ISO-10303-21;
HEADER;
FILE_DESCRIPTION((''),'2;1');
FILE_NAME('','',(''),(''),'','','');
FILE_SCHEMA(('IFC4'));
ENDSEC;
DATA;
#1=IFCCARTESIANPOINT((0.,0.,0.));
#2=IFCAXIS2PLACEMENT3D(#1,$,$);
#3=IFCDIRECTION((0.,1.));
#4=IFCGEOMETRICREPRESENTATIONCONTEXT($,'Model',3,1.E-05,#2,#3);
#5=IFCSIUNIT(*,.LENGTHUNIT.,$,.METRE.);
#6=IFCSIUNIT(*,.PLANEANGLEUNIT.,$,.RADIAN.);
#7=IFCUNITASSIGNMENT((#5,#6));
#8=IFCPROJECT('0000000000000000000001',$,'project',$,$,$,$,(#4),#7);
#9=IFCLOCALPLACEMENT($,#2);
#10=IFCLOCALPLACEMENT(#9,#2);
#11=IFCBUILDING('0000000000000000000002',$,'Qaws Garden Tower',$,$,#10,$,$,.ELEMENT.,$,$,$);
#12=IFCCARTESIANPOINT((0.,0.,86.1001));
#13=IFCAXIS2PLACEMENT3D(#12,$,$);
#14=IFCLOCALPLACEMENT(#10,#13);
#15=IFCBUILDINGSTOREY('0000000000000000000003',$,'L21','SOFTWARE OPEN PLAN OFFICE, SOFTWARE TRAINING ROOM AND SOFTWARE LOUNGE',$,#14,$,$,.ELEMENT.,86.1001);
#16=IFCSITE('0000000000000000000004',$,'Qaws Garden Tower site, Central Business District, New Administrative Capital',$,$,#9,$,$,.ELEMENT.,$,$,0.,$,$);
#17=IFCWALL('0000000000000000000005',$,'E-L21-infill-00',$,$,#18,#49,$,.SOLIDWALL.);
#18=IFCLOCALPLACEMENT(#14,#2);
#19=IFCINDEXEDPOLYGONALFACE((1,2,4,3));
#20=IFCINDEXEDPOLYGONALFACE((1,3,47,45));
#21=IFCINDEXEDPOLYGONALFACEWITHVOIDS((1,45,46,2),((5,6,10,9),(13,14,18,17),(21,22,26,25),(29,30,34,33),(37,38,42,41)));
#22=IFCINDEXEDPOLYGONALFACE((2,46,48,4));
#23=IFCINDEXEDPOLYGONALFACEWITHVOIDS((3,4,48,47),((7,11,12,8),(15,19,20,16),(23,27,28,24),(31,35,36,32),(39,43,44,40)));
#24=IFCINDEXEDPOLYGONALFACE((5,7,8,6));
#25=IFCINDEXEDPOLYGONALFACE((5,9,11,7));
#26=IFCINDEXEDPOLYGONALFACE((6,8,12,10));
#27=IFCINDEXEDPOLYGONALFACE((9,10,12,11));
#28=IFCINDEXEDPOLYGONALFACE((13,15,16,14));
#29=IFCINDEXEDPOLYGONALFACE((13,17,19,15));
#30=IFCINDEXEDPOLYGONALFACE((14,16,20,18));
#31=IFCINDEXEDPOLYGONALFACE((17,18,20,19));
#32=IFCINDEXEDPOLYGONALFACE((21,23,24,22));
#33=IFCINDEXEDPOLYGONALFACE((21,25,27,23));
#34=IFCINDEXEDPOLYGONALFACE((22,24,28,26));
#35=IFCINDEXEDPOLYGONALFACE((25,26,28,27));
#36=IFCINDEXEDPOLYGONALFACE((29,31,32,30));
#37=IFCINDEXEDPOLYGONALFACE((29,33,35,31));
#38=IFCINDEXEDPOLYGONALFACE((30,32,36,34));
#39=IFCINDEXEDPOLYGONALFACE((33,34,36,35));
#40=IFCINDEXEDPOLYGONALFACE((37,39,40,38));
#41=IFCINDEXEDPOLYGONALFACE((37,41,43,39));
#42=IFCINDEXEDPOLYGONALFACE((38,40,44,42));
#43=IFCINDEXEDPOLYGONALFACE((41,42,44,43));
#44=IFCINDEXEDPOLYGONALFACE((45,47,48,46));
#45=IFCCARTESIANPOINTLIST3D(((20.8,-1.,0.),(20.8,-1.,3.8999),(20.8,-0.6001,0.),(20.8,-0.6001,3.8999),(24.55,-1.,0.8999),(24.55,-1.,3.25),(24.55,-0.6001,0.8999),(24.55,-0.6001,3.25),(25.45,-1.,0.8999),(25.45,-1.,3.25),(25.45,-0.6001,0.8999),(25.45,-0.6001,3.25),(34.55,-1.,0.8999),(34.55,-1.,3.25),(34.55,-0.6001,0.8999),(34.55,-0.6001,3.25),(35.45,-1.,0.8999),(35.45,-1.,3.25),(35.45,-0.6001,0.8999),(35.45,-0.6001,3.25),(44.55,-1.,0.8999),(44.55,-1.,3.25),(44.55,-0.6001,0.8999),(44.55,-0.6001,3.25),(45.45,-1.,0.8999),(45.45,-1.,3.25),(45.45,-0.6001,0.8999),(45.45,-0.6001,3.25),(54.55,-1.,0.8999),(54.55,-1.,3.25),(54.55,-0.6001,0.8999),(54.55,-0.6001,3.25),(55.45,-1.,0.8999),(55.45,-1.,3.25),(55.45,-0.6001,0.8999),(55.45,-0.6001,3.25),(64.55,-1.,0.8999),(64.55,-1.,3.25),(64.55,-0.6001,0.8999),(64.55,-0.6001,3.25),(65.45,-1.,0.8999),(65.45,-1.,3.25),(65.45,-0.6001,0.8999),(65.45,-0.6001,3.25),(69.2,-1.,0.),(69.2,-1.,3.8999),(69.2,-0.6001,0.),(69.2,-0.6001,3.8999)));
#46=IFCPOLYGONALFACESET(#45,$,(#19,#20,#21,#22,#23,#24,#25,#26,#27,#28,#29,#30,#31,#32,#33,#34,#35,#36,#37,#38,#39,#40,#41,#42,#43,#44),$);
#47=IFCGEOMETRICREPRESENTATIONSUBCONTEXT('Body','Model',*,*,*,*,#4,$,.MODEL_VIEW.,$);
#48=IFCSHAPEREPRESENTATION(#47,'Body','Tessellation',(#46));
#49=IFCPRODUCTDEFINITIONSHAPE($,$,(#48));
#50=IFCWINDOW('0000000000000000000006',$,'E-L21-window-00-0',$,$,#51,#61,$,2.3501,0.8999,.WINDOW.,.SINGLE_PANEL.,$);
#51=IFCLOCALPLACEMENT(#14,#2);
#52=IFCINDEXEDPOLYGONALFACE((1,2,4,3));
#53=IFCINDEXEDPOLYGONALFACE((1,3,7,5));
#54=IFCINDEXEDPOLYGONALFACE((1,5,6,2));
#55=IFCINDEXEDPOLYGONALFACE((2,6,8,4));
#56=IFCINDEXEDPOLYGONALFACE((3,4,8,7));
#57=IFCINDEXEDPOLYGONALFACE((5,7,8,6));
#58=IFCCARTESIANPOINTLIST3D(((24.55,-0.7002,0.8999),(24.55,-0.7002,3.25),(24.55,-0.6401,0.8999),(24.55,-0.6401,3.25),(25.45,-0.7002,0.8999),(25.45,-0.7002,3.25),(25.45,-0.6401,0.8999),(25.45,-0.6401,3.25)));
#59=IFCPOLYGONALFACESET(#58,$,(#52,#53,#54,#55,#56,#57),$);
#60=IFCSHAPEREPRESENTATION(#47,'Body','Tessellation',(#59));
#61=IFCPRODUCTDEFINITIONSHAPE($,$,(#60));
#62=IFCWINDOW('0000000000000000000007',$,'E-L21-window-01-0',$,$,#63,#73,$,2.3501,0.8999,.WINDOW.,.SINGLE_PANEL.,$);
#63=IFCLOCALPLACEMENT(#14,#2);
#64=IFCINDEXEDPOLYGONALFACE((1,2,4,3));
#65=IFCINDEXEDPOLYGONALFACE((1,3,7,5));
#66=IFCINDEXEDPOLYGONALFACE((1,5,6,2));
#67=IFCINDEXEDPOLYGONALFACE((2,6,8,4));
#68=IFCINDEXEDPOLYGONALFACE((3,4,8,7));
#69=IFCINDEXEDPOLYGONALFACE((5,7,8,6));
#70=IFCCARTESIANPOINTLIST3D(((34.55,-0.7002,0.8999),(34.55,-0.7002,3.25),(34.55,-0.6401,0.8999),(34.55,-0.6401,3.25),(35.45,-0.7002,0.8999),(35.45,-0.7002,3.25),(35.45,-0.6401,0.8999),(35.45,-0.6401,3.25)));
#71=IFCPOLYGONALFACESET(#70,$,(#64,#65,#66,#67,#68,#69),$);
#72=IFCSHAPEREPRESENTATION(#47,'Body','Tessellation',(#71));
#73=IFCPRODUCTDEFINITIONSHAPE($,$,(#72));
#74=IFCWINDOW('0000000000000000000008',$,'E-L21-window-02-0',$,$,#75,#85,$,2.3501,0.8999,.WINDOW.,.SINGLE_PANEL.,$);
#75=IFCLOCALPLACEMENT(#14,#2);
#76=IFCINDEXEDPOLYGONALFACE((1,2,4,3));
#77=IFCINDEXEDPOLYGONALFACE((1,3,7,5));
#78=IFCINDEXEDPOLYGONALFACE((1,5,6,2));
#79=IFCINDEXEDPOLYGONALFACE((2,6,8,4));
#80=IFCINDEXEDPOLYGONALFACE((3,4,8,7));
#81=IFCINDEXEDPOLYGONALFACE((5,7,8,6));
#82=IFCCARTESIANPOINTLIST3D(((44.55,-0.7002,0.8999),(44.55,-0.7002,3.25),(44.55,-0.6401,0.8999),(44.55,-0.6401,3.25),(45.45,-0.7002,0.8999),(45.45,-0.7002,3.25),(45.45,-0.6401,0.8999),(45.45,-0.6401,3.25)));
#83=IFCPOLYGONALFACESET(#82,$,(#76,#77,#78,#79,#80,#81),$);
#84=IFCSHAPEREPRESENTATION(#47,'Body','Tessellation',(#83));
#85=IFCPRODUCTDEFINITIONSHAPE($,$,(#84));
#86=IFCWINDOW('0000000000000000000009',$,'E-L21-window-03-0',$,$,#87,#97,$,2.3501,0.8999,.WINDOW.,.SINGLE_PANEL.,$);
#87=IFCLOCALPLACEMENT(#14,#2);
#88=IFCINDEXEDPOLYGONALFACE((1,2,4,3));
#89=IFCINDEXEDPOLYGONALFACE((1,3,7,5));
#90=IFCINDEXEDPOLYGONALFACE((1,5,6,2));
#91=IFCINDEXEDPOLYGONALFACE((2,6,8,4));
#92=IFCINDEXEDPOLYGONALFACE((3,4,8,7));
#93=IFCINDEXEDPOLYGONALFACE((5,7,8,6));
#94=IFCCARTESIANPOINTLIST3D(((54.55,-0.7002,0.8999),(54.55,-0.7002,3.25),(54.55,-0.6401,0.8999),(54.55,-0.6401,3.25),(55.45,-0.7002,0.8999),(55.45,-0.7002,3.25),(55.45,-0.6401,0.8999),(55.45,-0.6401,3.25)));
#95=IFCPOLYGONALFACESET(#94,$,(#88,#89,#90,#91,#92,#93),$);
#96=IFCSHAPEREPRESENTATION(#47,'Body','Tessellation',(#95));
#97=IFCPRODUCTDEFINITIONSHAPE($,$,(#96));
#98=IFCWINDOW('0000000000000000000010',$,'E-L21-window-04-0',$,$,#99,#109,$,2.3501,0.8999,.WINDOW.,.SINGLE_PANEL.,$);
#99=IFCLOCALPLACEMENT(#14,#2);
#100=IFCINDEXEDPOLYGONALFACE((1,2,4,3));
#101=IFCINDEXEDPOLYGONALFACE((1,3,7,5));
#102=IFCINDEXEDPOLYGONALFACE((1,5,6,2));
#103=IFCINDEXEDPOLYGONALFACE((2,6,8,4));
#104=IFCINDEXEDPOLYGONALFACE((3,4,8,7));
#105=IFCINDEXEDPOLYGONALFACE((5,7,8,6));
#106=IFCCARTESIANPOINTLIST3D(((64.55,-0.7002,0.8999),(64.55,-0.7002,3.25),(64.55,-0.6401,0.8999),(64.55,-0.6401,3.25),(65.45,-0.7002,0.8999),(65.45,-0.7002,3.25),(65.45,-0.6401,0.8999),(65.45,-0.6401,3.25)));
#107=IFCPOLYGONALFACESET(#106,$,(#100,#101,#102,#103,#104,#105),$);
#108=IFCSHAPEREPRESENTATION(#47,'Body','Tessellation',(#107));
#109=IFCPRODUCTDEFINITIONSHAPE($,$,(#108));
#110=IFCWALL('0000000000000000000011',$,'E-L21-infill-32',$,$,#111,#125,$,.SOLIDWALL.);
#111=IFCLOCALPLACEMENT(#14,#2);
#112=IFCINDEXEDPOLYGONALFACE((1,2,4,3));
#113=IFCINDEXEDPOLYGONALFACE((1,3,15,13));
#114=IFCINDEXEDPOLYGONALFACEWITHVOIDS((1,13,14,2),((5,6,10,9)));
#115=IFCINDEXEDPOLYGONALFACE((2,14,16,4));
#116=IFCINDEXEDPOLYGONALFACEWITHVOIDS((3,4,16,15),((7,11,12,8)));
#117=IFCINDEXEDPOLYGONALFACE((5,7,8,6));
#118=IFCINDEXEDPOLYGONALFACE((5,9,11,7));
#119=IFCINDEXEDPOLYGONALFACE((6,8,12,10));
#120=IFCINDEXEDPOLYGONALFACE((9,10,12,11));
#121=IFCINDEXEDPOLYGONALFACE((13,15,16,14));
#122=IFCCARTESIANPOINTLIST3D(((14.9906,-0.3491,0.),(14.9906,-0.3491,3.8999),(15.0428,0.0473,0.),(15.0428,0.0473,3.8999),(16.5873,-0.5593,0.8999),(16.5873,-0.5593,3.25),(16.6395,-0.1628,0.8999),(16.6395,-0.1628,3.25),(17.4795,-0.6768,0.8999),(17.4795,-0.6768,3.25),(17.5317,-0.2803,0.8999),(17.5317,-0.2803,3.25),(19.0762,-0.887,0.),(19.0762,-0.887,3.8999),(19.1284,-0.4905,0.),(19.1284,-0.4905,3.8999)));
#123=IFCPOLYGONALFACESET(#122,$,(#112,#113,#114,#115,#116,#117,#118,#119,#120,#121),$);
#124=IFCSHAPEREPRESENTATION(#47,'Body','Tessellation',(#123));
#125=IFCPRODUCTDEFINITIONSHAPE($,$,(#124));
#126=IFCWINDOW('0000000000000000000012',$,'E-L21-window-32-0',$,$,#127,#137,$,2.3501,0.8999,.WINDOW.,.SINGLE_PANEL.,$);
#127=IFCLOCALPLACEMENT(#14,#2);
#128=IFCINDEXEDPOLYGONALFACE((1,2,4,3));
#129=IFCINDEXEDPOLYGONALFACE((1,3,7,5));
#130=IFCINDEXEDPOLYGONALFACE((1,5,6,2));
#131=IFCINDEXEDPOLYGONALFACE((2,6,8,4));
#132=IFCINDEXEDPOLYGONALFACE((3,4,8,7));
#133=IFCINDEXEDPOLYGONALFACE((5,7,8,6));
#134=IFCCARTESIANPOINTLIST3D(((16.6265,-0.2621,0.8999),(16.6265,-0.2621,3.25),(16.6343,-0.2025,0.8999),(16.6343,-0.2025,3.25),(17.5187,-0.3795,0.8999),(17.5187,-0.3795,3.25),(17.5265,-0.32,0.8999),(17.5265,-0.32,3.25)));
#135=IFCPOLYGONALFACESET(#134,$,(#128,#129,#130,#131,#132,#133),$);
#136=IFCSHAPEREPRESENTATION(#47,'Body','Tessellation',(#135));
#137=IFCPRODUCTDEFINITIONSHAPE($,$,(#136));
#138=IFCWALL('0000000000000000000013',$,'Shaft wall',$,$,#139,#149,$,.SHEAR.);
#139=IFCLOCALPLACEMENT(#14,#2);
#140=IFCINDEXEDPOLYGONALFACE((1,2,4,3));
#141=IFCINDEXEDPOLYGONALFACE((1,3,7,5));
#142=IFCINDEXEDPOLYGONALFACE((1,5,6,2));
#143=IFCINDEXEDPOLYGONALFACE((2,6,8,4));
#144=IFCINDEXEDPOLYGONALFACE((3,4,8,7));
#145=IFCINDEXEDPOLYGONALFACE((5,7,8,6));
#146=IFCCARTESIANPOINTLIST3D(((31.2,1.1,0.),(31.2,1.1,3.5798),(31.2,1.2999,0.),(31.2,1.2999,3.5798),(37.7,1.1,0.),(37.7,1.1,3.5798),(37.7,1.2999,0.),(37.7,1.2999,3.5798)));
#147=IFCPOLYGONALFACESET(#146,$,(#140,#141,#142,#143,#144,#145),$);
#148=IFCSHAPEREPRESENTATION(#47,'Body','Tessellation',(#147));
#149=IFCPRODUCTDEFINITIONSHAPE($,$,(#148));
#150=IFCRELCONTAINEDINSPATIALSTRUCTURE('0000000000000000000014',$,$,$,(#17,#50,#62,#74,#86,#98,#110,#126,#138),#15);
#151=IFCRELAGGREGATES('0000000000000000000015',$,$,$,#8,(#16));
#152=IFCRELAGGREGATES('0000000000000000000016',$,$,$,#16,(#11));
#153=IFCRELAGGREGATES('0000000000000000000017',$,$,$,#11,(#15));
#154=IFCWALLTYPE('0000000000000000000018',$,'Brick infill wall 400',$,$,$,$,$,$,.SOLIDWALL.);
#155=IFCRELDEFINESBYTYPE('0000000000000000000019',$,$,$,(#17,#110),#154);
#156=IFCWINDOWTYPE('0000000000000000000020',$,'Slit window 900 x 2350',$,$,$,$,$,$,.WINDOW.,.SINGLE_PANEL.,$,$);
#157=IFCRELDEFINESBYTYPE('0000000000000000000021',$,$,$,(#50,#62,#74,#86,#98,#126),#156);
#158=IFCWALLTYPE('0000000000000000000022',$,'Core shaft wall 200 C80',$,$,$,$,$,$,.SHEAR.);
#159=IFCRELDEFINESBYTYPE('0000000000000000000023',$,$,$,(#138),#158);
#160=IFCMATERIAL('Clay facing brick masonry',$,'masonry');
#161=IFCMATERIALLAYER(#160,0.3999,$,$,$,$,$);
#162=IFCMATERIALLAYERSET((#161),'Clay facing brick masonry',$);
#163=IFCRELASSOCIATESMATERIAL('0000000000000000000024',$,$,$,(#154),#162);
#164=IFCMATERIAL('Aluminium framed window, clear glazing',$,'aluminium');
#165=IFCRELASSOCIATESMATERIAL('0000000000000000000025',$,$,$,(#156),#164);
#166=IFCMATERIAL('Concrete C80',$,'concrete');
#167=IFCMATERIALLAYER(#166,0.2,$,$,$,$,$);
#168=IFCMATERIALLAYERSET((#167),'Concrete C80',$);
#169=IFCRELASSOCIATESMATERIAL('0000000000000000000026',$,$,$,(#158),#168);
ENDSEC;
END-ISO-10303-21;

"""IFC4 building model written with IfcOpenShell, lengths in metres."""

from ifc_helpers import new_model, si_unit, direction, frame, frame_2d, origin, place, context, subcontext, project, spatial, rectangle, extrude, material, layer, layer_set, type_object, element, fill, save


model = new_model("IFC4")

# Units and contexts
model_context = context("Model", 3, precision=1e-05, world=origin(), true_north=direction((0.0, 1.0)))
body_context = subcontext(model_context, "Body", "Model", "MODEL_VIEW")
ifc_project = project(units=[si_unit("LENGTHUNIT", "METRE"), si_unit("PLANEANGLEUNIT", "RADIAN")], contexts=[model_context])

# Site, building, storey
site_placement = place(None, origin())
site = spatial("IfcSite", under=ifc_project, at=site_placement, Name="Qaws Garden Tower site, Central Business District, New Administrative Capital", CompositionType="ELEMENT", RefElevation=0.0)
building_placement = place(site_placement, origin())
building = spatial("IfcBuilding", under=site, at=building_placement, Name="Qaws Garden Tower", CompositionType="ELEMENT")
storey_placement = place(building_placement, frame((0.0, 0.0, 86.1001)))
storey = spatial("IfcBuildingStorey", under=building, at=storey_placement, Name="L21", Description="SOFTWARE OPEN PLAN OFFICE, SOFTWARE TRAINING ROOM AND SOFTWARE LOUNGE", CompositionType="ELEMENT", Elevation=86.1001)

# Wall, openings, windows
ifc_material_1 = material(Name="Clay facing brick masonry", Category="masonry")
ifc_layer_1 = layer(ifc_material_1, 0.3999)
ifc_layer_set_1 = layer_set([ifc_layer_1], Name="Clay facing brick masonry")
wall_type_1 = type_object("IfcWallType", Name="Brick infill wall 400", PredefinedType="SOLIDWALL", material=ifc_layer_set_1)
wall_1_placement = place(storey_placement, frame((20.8, -0.8, 0.0), z_axis=(0.0, 0.0, 1.0), x_axis=(1.0, 0.0, 0.0)))
wall_1 = element("IfcWall", 1, at=wall_1_placement, inside=storey, type_object=wall_type_1, Name="E-L21-infill-00", PredefinedType="SOLIDWALL", context=body_context, shape_type="SweptSolid", body=[
    extrude(rectangle(XDim=48.3999, YDim=0.3999, at=frame_2d((24.2, 0.0))), origin(), (0.0, 0.0, 1.0), 3.8999),
])
opening_1_placement = place(wall_1_placement, frame((3.75, 0.0, 0.8999)))
opening_1 = element("IfcOpeningElement", 2, at=opening_1_placement, cuts=wall_1, PredefinedType="OPENING", context=body_context, shape_type="SweptSolid", body=[
    extrude(rectangle(XDim=0.8999, YDim=2.3501, at=frame_2d((0.45, 1.175))), frame((0.0, 0.21, 0.0), z_axis=(0.0, -1.0, 0.0), x_axis=(1.0, 0.0, 0.0)), (0.0, 0.0, 1.0), 0.4199),
])
opening_2_placement = place(wall_1_placement, frame((13.75, 0.0, 0.8999)))
opening_2 = element("IfcOpeningElement", 3, at=opening_2_placement, cuts=wall_1, PredefinedType="OPENING", context=body_context, shape_type="SweptSolid", body=[
    extrude(rectangle(XDim=0.8999, YDim=2.3501, at=frame_2d((0.45, 1.175))), frame((0.0, 0.21, 0.0), z_axis=(0.0, -1.0, 0.0), x_axis=(1.0, 0.0, 0.0)), (0.0, 0.0, 1.0), 0.4199),
])
opening_3_placement = place(wall_1_placement, frame((23.75, 0.0, 0.8999)))
opening_3 = element("IfcOpeningElement", 4, at=opening_3_placement, cuts=wall_1, PredefinedType="OPENING", context=body_context, shape_type="SweptSolid", body=[
    extrude(rectangle(XDim=0.8999, YDim=2.3501, at=frame_2d((0.45, 1.175))), frame((0.0, 0.21, 0.0), z_axis=(0.0, -1.0, 0.0), x_axis=(1.0, 0.0, 0.0)), (0.0, 0.0, 1.0), 0.4199),
])
opening_4_placement = place(wall_1_placement, frame((33.75, 0.0, 0.8999)))
opening_4 = element("IfcOpeningElement", 5, at=opening_4_placement, cuts=wall_1, PredefinedType="OPENING", context=body_context, shape_type="SweptSolid", body=[
    extrude(rectangle(XDim=0.8999, YDim=2.3501, at=frame_2d((0.45, 1.175))), frame((0.0, 0.21, 0.0), z_axis=(0.0, -1.0, 0.0), x_axis=(1.0, 0.0, 0.0)), (0.0, 0.0, 1.0), 0.4199),
])
opening_5_placement = place(wall_1_placement, frame((43.75, 0.0, 0.8999)))
opening_5 = element("IfcOpeningElement", 6, at=opening_5_placement, cuts=wall_1, PredefinedType="OPENING", context=body_context, shape_type="SweptSolid", body=[
    extrude(rectangle(XDim=0.8999, YDim=2.3501, at=frame_2d((0.45, 1.175))), frame((0.0, 0.21, 0.0), z_axis=(0.0, -1.0, 0.0), x_axis=(1.0, 0.0, 0.0)), (0.0, 0.0, 1.0), 0.4199),
])
ifc_material_2 = material(Name="Aluminium framed window, clear glazing", Category="aluminium")
window_type = type_object("IfcWindowType", Name="Slit window 900 x 2350", PartitioningType="SINGLE_PANEL", PredefinedType="WINDOW", material=ifc_material_2)
window_1_placement = place(opening_1_placement, origin())
window_1 = element("IfcWindow", 7, at=window_1_placement, inside=storey, type_object=window_type, Name="E-L21-window-00-0", OverallHeight=2.3501, OverallWidth=0.8999, PartitioningType="SINGLE_PANEL", PredefinedType="WINDOW", context=body_context, shape_type="SweptSolid", body=[
    extrude(rectangle(XDim=0.8999, YDim=2.3501, at=frame_2d((0.45, 1.175))), frame((0.0, 0.1599, 0.0), z_axis=(0.0, -1.0, 0.0), x_axis=(1.0, 0.0, 0.0)), (0.0, 0.0, 1.0), 0.0601),
])
fill(opening_1, window_1)
window_2_placement = place(opening_2_placement, origin())
window_2 = element("IfcWindow", 8, at=window_2_placement, inside=storey, type_object=window_type, Name="E-L21-window-01-0", OverallHeight=2.3501, OverallWidth=0.8999, PartitioningType="SINGLE_PANEL", PredefinedType="WINDOW", context=body_context, shape_type="SweptSolid", body=[
    extrude(rectangle(XDim=0.8999, YDim=2.3501, at=frame_2d((0.45, 1.175))), frame((0.0, 0.1599, 0.0), z_axis=(0.0, -1.0, 0.0), x_axis=(1.0, 0.0, 0.0)), (0.0, 0.0, 1.0), 0.0601),
])
fill(opening_2, window_2)
window_3_placement = place(opening_3_placement, origin())
window_3 = element("IfcWindow", 9, at=window_3_placement, inside=storey, type_object=window_type, Name="E-L21-window-02-0", OverallHeight=2.3501, OverallWidth=0.8999, PartitioningType="SINGLE_PANEL", PredefinedType="WINDOW", context=body_context, shape_type="SweptSolid", body=[
    extrude(rectangle(XDim=0.8999, YDim=2.3501, at=frame_2d((0.45, 1.175))), frame((0.0, 0.1599, 0.0), z_axis=(0.0, -1.0, 0.0), x_axis=(1.0, 0.0, 0.0)), (0.0, 0.0, 1.0), 0.0601),
])
fill(opening_3, window_3)
window_4_placement = place(opening_4_placement, origin())
window_4 = element("IfcWindow", 10, at=window_4_placement, inside=storey, type_object=window_type, Name="E-L21-window-03-0", OverallHeight=2.3501, OverallWidth=0.8999, PartitioningType="SINGLE_PANEL", PredefinedType="WINDOW", context=body_context, shape_type="SweptSolid", body=[
    extrude(rectangle(XDim=0.8999, YDim=2.3501, at=frame_2d((0.45, 1.175))), frame((0.0, 0.1599, 0.0), z_axis=(0.0, -1.0, 0.0), x_axis=(1.0, 0.0, 0.0)), (0.0, 0.0, 1.0), 0.0601),
])
fill(opening_4, window_4)
window_5_placement = place(opening_5_placement, origin())
window_5 = element("IfcWindow", 11, at=window_5_placement, inside=storey, type_object=window_type, Name="E-L21-window-04-0", OverallHeight=2.3501, OverallWidth=0.8999, PartitioningType="SINGLE_PANEL", PredefinedType="WINDOW", context=body_context, shape_type="SweptSolid", body=[
    extrude(rectangle(XDim=0.8999, YDim=2.3501, at=frame_2d((0.45, 1.175))), frame((0.0, 0.1599, 0.0), z_axis=(0.0, -1.0, 0.0), x_axis=(1.0, 0.0, 0.0)), (0.0, 0.0, 1.0), 0.0601),
])
fill(opening_5, window_5)

# Wall, opening, window
wall_2_placement = place(storey_placement, frame((15.0166, -0.1509, 0.0), z_axis=(0.0, 0.0, 1.0), x_axis=(0.991446, -0.130514, 0.0)))
wall_2 = element("IfcWall", 12, at=wall_2_placement, inside=storey, type_object=wall_type_1, Name="E-L21-infill-32", PredefinedType="SOLIDWALL", context=body_context, shape_type="SweptSolid", body=[
    extrude(rectangle(XDim=4.1208, YDim=0.3999, at=frame_2d((2.0605, 0.0))), origin(), (0.0, 0.0, 1.0), 3.8999),
])
opening_6_placement = place(wall_2_placement, frame((1.6106, 0.0, 0.8999)))
opening_6 = element("IfcOpeningElement", 13, at=opening_6_placement, cuts=wall_2, PredefinedType="OPENING", context=body_context, shape_type="SweptSolid", body=[
    extrude(rectangle(XDim=0.8999, YDim=2.3501, at=frame_2d((0.45, 1.175))), frame((0.0, 0.21, 0.0), z_axis=(0.0, -1.0, 0.0), x_axis=(1.0, 0.0, 0.0)), (0.0, 0.0, 1.0), 0.4199),
])
window_6_placement = place(opening_6_placement, origin())
window_6 = element("IfcWindow", 14, at=window_6_placement, inside=storey, type_object=window_type, Name="E-L21-window-32-0", OverallHeight=2.3501, OverallWidth=0.8999, PartitioningType="SINGLE_PANEL", PredefinedType="WINDOW", context=body_context, shape_type="SweptSolid", body=[
    extrude(rectangle(XDim=0.8999, YDim=2.3501, at=frame_2d((0.45, 1.175))), frame((0.0, 0.1599, 0.0), z_axis=(0.0, -1.0, 0.0), x_axis=(1.0, 0.0, 0.0)), (0.0, 0.0, 1.0), 0.0601),
])
fill(opening_6, window_6)

# Wall
ifc_material_3 = material(Name="Concrete C80", Category="concrete")
ifc_layer_2 = layer(ifc_material_3, 0.2)
ifc_layer_set_2 = layer_set([ifc_layer_2], Name="Concrete C80")
wall_type_2 = type_object("IfcWallType", Name="Core shaft wall 200 C80", PredefinedType="SHEAR", material=ifc_layer_set_2)
wall_3_placement = place(storey_placement, frame((31.2, 1.2, 0.0), z_axis=(0.0, 0.0, 1.0), x_axis=(1.0, 0.0, 0.0)))
element("IfcWall", 15, at=wall_3_placement, inside=storey, type_object=wall_type_2, Name="Shaft wall", PredefinedType="SHEAR", context=body_context, shape_type="SweptSolid", body=[
    extrude(rectangle(XDim=6.5, YDim=0.2, at=frame_2d((3.25, 0.0))), origin(), (0.0, 0.0, 1.0), 3.5798),
])

save(model, "model.ifc")
